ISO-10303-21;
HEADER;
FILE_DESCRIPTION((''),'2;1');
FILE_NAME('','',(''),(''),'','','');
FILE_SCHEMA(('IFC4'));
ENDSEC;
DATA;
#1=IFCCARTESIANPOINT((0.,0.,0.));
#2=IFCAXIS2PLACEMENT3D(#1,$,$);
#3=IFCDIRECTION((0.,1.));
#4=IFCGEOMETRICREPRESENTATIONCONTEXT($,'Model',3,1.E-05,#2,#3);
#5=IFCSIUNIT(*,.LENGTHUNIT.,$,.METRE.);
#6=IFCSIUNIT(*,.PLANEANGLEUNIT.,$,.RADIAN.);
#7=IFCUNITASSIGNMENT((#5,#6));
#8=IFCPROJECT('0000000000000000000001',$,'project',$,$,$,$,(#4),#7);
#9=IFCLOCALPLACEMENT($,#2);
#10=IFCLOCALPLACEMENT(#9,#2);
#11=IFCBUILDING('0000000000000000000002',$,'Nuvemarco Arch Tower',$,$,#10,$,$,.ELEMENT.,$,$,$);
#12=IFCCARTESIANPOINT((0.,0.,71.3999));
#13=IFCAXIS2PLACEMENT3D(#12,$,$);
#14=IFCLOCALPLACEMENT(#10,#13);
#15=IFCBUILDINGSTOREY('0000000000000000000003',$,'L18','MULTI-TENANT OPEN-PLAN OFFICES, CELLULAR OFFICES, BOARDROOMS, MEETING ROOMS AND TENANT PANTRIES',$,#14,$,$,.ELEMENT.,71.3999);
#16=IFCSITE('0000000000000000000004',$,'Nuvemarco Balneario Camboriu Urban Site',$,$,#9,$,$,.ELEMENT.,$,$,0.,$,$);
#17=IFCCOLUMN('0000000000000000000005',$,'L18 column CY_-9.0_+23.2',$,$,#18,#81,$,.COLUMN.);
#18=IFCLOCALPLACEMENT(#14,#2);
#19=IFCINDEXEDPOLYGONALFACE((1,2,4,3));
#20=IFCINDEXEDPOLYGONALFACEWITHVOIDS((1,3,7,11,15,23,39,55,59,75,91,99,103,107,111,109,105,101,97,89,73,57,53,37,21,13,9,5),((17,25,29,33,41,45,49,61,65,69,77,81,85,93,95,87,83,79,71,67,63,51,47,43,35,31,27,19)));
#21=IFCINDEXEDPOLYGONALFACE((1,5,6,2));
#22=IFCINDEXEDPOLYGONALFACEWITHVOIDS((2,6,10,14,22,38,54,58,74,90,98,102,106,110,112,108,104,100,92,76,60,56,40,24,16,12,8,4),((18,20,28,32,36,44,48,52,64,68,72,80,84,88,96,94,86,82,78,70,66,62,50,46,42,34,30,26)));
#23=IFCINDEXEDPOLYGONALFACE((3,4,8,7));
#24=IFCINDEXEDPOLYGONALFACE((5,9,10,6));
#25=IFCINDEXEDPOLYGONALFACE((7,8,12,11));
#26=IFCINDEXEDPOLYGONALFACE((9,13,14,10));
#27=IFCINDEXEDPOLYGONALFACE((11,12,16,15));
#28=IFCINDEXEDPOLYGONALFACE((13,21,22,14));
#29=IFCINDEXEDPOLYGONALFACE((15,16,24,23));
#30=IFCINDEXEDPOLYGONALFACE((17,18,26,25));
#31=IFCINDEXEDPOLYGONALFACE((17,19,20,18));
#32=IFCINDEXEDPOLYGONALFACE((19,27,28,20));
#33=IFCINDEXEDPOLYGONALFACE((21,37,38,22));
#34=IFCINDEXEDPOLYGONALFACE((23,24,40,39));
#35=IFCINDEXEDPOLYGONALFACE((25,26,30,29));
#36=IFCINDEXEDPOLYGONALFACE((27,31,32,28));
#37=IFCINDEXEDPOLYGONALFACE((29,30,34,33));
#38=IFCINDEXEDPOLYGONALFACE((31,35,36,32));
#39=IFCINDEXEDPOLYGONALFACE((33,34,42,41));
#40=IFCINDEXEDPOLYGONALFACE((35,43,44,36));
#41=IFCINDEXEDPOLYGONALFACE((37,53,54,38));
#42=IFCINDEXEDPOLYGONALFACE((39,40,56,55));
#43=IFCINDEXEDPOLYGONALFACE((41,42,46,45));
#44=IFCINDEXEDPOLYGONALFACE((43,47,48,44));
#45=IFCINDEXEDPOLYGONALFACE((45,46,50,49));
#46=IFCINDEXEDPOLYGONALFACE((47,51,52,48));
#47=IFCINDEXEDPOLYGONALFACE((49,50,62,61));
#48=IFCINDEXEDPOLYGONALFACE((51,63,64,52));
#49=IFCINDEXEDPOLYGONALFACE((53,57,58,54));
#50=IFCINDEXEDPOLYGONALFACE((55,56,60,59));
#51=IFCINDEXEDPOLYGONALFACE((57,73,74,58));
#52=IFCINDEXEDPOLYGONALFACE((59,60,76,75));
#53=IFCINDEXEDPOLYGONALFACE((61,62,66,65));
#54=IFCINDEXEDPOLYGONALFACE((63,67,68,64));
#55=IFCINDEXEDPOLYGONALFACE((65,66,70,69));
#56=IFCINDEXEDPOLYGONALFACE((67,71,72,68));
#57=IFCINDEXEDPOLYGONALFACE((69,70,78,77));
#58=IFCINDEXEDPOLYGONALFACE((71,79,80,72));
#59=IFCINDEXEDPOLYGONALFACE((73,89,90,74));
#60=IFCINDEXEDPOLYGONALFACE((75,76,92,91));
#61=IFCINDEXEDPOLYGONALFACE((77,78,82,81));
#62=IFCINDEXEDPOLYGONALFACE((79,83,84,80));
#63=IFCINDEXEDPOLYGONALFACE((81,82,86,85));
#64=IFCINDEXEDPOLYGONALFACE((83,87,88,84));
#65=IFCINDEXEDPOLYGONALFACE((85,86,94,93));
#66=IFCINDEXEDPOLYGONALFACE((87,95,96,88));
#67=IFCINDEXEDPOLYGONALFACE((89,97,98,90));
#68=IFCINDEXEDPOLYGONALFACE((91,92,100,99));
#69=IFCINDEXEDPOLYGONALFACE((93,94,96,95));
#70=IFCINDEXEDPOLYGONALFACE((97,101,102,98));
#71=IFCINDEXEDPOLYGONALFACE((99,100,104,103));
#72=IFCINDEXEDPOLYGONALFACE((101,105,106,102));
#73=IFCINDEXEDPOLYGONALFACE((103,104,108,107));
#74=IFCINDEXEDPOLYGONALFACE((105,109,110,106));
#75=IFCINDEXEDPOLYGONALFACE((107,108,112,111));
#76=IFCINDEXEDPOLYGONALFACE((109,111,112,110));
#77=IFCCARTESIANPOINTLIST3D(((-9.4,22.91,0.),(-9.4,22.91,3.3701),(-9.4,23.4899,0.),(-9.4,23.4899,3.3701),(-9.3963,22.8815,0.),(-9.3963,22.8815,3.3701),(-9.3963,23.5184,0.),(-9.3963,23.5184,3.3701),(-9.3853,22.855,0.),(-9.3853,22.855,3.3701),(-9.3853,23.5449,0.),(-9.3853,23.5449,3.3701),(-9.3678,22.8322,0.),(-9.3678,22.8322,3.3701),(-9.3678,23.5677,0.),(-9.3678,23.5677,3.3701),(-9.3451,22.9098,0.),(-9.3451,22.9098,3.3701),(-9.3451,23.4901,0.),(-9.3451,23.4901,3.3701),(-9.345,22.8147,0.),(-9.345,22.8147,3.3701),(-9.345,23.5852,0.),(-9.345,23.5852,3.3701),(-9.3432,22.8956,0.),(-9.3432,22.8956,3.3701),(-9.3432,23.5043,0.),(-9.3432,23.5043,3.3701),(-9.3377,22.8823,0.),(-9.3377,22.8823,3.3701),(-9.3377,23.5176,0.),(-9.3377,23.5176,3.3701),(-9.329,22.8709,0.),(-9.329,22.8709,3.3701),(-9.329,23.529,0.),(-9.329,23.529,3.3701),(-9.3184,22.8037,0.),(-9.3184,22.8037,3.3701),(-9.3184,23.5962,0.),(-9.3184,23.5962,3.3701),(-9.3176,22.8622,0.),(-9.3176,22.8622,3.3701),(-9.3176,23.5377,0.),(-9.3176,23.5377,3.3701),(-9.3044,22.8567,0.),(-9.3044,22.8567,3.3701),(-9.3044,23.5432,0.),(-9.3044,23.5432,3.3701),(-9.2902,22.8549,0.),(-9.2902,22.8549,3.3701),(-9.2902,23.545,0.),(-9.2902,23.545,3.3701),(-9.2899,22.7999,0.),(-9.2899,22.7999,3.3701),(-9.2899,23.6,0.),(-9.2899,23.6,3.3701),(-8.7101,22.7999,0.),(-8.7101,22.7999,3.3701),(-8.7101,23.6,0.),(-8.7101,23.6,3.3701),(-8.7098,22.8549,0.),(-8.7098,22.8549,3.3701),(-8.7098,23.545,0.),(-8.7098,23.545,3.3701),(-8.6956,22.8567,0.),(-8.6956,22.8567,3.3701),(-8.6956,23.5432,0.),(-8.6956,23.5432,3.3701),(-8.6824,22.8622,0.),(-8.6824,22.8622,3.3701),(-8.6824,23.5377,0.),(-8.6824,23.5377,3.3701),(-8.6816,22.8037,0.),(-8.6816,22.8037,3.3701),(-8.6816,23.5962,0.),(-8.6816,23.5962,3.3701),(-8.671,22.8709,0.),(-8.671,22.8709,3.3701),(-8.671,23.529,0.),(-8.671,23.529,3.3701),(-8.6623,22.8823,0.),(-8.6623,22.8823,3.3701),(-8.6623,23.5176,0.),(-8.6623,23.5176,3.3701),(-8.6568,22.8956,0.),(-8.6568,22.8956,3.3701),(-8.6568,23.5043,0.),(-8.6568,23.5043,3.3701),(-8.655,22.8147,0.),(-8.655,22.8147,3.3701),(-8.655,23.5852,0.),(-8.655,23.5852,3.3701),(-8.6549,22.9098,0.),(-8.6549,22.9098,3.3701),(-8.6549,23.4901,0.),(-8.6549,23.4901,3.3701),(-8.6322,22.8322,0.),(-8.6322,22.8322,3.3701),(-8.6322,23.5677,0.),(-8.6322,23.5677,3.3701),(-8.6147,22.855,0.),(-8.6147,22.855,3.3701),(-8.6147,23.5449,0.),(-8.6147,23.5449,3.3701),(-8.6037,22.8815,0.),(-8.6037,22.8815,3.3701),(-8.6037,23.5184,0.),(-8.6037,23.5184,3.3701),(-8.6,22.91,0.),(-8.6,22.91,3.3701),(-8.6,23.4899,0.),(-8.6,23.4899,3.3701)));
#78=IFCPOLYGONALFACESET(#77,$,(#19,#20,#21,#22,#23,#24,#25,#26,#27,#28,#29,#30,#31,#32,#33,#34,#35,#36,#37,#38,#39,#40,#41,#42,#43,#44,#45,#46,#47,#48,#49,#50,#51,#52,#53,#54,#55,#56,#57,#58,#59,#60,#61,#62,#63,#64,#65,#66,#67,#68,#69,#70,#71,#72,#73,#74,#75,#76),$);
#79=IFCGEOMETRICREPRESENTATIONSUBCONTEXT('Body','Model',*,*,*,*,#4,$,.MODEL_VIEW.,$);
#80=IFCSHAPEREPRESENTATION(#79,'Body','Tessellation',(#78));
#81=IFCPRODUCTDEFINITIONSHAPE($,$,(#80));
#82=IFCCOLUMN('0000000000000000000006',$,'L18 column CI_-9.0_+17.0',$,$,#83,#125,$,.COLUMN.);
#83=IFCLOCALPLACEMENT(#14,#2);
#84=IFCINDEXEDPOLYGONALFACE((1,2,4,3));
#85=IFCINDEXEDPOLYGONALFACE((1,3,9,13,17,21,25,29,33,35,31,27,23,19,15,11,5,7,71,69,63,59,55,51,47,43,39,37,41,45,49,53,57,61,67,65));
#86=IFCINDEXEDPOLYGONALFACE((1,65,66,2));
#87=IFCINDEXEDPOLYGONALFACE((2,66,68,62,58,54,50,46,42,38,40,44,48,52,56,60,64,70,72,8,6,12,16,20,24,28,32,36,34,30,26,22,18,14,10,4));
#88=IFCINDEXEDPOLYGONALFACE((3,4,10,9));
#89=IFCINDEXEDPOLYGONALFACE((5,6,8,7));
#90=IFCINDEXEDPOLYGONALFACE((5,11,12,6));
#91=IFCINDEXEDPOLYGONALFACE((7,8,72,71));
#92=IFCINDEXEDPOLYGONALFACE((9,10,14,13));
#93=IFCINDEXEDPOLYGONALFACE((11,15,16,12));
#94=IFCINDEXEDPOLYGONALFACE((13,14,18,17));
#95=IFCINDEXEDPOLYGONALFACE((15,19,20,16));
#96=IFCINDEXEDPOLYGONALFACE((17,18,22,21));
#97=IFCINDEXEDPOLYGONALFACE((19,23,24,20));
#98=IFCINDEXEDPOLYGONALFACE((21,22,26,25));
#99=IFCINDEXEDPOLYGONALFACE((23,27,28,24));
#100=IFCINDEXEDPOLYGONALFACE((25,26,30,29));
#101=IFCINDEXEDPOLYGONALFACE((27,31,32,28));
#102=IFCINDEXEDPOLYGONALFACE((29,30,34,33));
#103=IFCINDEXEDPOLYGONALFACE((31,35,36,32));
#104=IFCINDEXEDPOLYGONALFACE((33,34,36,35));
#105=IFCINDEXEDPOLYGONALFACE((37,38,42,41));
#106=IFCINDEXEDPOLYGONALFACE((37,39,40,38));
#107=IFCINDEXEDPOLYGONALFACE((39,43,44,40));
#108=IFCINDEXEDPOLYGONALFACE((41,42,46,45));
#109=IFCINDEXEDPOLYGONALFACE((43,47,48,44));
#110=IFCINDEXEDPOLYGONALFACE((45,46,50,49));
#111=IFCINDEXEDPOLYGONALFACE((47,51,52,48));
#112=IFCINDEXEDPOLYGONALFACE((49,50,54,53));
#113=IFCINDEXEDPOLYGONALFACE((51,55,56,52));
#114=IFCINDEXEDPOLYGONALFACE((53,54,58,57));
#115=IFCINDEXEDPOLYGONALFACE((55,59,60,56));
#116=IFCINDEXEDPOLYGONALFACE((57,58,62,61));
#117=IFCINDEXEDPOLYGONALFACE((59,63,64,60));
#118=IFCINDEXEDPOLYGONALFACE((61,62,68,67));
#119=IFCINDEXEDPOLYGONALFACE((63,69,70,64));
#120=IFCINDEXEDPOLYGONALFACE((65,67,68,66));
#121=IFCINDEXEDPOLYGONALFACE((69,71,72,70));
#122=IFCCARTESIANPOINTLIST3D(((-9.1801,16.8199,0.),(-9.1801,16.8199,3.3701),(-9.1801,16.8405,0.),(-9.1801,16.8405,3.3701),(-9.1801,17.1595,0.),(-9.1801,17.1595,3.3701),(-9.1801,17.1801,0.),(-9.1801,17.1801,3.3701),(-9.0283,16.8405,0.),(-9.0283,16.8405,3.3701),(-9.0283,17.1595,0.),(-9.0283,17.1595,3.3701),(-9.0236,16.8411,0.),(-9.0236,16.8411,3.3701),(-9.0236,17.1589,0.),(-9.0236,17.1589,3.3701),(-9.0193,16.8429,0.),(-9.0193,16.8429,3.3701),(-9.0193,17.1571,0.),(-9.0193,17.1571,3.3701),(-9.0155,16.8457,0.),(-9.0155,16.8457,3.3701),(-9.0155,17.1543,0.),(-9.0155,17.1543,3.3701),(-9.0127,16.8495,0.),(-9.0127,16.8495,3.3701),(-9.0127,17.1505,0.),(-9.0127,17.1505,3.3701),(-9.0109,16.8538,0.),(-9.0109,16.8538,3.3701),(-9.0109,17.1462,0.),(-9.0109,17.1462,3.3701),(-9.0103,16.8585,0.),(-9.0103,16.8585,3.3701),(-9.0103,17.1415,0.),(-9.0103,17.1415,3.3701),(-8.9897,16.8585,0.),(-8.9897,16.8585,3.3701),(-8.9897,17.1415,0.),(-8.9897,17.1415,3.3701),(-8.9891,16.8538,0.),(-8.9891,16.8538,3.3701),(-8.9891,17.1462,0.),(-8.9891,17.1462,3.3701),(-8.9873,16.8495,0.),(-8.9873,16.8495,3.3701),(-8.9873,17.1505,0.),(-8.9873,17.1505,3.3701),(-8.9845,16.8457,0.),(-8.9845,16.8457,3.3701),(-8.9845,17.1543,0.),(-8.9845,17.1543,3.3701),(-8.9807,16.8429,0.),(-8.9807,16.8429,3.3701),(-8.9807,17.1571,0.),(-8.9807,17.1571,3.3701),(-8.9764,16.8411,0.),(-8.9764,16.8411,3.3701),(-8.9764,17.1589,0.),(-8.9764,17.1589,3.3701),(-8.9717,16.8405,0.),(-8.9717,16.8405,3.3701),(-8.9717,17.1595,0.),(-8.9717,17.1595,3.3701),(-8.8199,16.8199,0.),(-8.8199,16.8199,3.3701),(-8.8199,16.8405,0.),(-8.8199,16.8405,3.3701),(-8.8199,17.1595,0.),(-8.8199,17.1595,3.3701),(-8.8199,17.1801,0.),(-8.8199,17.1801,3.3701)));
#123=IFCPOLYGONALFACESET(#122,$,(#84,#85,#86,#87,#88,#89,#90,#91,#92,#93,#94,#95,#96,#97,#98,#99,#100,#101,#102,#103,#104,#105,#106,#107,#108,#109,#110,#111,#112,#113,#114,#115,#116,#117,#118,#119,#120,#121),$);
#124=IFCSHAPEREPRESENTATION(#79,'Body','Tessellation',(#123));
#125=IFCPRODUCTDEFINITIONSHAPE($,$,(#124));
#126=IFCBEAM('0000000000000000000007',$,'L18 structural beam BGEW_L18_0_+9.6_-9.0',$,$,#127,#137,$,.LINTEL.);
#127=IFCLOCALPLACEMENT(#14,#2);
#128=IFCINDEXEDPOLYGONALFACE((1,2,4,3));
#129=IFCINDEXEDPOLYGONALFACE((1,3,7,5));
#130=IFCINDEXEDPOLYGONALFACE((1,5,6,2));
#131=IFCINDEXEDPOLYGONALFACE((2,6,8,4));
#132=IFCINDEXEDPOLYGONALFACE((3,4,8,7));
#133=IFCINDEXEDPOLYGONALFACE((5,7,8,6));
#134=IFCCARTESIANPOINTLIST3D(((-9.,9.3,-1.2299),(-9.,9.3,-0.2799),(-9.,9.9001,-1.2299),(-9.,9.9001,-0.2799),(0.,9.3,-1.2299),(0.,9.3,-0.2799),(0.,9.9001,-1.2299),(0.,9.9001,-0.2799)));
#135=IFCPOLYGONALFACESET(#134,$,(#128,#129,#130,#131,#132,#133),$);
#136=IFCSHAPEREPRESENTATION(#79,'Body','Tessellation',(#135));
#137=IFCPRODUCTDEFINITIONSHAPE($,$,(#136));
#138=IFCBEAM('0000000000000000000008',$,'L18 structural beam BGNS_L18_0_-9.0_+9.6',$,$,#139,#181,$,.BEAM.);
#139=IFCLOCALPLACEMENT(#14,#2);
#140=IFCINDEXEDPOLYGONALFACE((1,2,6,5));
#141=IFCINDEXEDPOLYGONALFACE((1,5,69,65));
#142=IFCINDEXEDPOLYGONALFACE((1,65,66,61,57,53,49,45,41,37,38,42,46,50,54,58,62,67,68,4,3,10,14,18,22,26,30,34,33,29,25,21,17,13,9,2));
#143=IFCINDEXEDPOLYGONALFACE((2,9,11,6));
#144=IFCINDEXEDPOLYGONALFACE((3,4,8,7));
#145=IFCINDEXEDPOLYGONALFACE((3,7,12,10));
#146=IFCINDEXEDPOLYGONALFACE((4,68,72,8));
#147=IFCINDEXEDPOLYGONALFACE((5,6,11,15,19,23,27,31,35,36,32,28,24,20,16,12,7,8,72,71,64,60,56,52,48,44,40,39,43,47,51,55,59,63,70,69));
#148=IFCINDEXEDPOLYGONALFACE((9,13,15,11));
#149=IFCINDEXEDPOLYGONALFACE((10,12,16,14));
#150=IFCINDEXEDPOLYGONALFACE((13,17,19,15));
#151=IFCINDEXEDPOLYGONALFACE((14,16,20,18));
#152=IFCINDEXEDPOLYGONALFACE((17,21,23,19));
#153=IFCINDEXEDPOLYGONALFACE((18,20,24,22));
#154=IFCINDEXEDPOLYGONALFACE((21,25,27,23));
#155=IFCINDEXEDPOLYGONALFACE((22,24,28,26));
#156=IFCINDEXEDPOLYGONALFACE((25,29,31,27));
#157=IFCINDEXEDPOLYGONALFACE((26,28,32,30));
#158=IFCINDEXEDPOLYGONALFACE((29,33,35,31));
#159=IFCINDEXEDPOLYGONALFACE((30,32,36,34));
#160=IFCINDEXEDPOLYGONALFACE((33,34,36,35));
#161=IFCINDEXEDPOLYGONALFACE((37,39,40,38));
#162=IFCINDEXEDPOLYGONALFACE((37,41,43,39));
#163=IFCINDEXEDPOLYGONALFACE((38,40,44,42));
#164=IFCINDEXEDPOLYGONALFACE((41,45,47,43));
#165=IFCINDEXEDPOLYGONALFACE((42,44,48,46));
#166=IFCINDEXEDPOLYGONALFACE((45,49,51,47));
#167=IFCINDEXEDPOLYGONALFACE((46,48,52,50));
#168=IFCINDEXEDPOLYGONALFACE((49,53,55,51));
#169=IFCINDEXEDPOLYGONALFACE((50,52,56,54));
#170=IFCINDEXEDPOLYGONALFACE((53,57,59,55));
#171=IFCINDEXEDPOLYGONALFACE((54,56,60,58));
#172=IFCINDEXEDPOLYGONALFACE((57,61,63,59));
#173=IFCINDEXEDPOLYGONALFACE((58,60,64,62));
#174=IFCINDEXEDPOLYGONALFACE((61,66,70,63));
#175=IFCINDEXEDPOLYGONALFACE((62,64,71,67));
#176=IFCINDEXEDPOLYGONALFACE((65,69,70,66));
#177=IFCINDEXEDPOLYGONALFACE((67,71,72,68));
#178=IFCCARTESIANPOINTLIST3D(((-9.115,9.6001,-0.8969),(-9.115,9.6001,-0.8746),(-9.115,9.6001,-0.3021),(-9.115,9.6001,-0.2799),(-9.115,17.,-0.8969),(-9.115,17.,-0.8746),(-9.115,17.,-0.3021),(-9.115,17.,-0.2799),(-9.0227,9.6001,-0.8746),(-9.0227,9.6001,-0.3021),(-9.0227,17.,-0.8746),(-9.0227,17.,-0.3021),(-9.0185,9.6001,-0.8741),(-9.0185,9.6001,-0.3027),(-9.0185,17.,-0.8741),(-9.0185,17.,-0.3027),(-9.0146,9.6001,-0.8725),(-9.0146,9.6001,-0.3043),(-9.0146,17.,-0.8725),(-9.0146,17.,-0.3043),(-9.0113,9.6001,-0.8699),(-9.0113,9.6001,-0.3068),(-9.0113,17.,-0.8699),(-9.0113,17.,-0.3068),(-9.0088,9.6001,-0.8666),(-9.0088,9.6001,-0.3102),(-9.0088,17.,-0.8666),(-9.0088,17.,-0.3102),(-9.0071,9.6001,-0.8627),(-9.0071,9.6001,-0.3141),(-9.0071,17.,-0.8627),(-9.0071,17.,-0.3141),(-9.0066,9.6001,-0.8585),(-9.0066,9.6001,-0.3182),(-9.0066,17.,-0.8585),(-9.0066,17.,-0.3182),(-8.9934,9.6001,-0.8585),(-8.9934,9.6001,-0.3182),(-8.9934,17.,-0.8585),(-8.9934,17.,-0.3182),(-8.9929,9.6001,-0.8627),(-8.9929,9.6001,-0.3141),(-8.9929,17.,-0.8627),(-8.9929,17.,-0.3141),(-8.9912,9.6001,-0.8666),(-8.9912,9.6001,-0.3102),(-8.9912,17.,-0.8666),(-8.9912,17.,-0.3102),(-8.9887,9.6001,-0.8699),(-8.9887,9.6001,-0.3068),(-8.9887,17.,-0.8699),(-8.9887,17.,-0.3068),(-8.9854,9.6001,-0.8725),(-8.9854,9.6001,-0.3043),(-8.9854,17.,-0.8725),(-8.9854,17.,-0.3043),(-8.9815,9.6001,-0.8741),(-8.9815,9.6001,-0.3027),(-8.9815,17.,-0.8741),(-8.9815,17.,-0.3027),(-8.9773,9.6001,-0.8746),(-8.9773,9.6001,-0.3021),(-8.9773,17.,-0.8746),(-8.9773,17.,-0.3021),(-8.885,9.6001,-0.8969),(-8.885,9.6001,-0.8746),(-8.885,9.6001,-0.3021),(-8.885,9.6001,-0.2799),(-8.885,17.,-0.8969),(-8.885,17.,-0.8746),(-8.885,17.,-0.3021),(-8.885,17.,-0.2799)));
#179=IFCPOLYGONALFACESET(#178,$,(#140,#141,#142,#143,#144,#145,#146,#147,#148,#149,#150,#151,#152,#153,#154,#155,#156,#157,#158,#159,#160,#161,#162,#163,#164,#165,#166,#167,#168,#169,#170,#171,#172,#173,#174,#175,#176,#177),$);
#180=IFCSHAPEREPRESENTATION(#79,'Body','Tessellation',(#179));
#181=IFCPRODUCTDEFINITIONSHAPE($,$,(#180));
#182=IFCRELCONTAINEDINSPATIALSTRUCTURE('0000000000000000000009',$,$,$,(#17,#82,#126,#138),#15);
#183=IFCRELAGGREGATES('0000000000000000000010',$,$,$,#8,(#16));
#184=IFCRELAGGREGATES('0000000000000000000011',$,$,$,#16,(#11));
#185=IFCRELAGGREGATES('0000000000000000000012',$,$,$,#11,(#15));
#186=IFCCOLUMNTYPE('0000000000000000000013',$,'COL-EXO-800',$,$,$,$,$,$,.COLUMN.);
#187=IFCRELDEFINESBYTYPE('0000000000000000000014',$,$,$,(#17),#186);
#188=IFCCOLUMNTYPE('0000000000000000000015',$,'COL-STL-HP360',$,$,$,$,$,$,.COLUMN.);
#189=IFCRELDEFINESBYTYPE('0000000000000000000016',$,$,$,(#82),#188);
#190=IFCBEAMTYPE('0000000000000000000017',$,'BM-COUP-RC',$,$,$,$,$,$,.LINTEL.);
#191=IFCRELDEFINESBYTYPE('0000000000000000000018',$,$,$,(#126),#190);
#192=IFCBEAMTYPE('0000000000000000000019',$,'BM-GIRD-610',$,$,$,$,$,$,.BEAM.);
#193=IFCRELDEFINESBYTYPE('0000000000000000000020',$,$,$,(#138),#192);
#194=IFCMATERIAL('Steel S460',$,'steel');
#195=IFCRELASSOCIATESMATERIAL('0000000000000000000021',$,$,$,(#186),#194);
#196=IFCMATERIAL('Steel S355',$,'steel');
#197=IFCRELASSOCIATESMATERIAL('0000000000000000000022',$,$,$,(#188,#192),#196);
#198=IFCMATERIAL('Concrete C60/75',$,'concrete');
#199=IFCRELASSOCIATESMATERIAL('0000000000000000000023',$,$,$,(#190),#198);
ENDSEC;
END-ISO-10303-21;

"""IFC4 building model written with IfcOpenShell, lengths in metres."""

from ifc_helpers import new_model, si_unit, direction, frame, origin, origin_2d, place, context, subcontext, project, spatial, rectangle, hollow_rectangle, i_section, extrude, material, material_profile, profile_set, type_object, element, save


model = new_model("IFC4")

# Units and contexts
model_context = context("Model", 3, precision=1e-05, world=origin(), true_north=direction((0.0, 1.0)))
body_context = subcontext(model_context, "Body", "Model", "MODEL_VIEW")
ifc_project = project(units=[si_unit("LENGTHUNIT", "METRE"), si_unit("PLANEANGLEUNIT", "RADIAN")], contexts=[model_context])

# Site, building, storey
site_placement = place(None, origin())
site = spatial("IfcSite", under=ifc_project, at=site_placement, Name="Nuvemarco Balneario Camboriu Urban Site", CompositionType="ELEMENT", RefElevation=0.0)
building_placement = place(site_placement, origin())
building = spatial("IfcBuilding", under=site, at=building_placement, Name="Nuvemarco Arch Tower", CompositionType="ELEMENT")
storey_placement = place(building_placement, frame((0.0, 0.0, 71.3999)))
storey = spatial("IfcBuildingStorey", under=building, at=storey_placement, Name="L18", Description="MULTI-TENANT OPEN-PLAN OFFICES, CELLULAR OFFICES, BOARDROOMS, MEETING ROOMS AND TENANT PANTRIES", CompositionType="ELEMENT", Elevation=71.3999)

# Columns
ifc_material_1 = material(Name="Steel S460", Category="steel")
ifc_material_profile_1 = material_profile(ifc_material_1, hollow_rectangle(XDim=0.8, YDim=0.8, WallThickness=0.0549, InnerFilletRadius=0.0549, OuterFilletRadius=0.1101, at=origin_2d()), Name="SHS800x800x55")
ifc_profile_set_1 = profile_set([ifc_material_profile_1], Name="Steel S460")
column_type_1 = type_object("IfcColumnType", Name="COL-EXO-800", PredefinedType="COLUMN", material=ifc_profile_set_1)
column_1_placement = place(storey_placement, frame((-9.0, 23.2, 0.0), z_axis=(0.0, 0.0, 1.0), x_axis=(1.0, 0.0, 0.0)))
element("IfcColumn", 1, at=column_1_placement, inside=storey, type_object=column_type_1, Name="L18 column CY_-9.0_+23.2", PredefinedType="COLUMN", context=body_context, shape_type="SweptSolid", body=[
    extrude(hollow_rectangle(XDim=0.8, YDim=0.8, WallThickness=0.0549, InnerFilletRadius=0.0549, OuterFilletRadius=0.1101, at=origin_2d()), origin(), (0.0, 0.0, 1.0), 3.3701),
])
ifc_material_2 = material(Name="Steel S355", Category="steel")
ifc_material_profile_2 = material_profile(ifc_material_2, i_section(OverallWidth=0.3601, OverallDepth=0.3601, WebThickness=0.0205, FlangeThickness=0.0205, FilletRadius=0.0181, at=origin_2d()), Name="HP360x174")
ifc_profile_set_2 = profile_set([ifc_material_profile_2], Name="Steel S355")
column_type_2 = type_object("IfcColumnType", Name="COL-STL-HP360", PredefinedType="COLUMN", material=ifc_profile_set_2)
column_2_placement = place(storey_placement, frame((-9.0, 17.0, 0.0), z_axis=(0.0, 0.0, 1.0), x_axis=(1.0, 0.0, 0.0)))
element("IfcColumn", 2, at=column_2_placement, inside=storey, type_object=column_type_2, Name="L18 column CI_-9.0_+17.0", PredefinedType="COLUMN", context=body_context, shape_type="SweptSolid", body=[
    extrude(i_section(OverallWidth=0.3601, OverallDepth=0.3601, WebThickness=0.0205, FlangeThickness=0.0205, FilletRadius=0.0181, at=origin_2d()), origin(), (0.0, 0.0, 1.0), 3.3701),
])

# Beams
ifc_material_3 = material(Name="Concrete C60/75", Category="concrete")
ifc_material_profile_3 = material_profile(ifc_material_3, rectangle(XDim=0.6001, YDim=0.95, at=origin_2d()), Name="RC-BM-600x950")
ifc_profile_set_3 = profile_set([ifc_material_profile_3], Name="Concrete C60/75")
beam_type_1 = type_object("IfcBeamType", Name="BM-COUP-RC", PredefinedType="LINTEL", material=ifc_profile_set_3)
beam_1_placement = place(storey_placement, frame((-9.0, 9.6001, -0.7549), z_axis=(1.0, 0.0, 0.0), x_axis=(0.0, 1.0, 0.0)))
element("IfcBeam", 3, at=beam_1_placement, inside=storey, type_object=beam_type_1, Name="L18 structural beam BGEW_L18_0_+9.6_-9.0", PredefinedType="LINTEL", context=body_context, shape_type="SweptSolid", body=[
    extrude(rectangle(XDim=0.6001, YDim=0.95, at=origin_2d()), origin(), (0.0, 0.0, 1.0), 9.0),
])
ifc_material_profile_4 = material_profile(ifc_material_2, i_section(OverallWidth=0.23, OverallDepth=0.6169, WebThickness=0.0132, FlangeThickness=0.0222, FilletRadius=0.0161, at=origin_2d()), Name="W610x140")
ifc_profile_set_4 = profile_set([ifc_material_profile_4], Name="Steel S355")
beam_type_2 = type_object("IfcBeamType", Name="BM-GIRD-610", PredefinedType="BEAM", material=ifc_profile_set_4)
beam_2_placement = place(storey_placement, frame((-9.0, 9.6001, -0.5884), z_axis=(0.0, 1.0, 0.0), x_axis=(-1.0, 0.0, 0.0)))
element("IfcBeam", 4, at=beam_2_placement, inside=storey, type_object=beam_type_2, Name="L18 structural beam BGNS_L18_0_-9.0_+9.6", PredefinedType="BEAM", context=body_context, shape_type="SweptSolid", body=[
    extrude(i_section(OverallWidth=0.23, OverallDepth=0.6169, WebThickness=0.0132, FlangeThickness=0.0222, FilletRadius=0.0161, at=origin_2d()), origin(), (0.0, 0.0, 1.0), 7.3999),
])

save(model, "model.ifc")
